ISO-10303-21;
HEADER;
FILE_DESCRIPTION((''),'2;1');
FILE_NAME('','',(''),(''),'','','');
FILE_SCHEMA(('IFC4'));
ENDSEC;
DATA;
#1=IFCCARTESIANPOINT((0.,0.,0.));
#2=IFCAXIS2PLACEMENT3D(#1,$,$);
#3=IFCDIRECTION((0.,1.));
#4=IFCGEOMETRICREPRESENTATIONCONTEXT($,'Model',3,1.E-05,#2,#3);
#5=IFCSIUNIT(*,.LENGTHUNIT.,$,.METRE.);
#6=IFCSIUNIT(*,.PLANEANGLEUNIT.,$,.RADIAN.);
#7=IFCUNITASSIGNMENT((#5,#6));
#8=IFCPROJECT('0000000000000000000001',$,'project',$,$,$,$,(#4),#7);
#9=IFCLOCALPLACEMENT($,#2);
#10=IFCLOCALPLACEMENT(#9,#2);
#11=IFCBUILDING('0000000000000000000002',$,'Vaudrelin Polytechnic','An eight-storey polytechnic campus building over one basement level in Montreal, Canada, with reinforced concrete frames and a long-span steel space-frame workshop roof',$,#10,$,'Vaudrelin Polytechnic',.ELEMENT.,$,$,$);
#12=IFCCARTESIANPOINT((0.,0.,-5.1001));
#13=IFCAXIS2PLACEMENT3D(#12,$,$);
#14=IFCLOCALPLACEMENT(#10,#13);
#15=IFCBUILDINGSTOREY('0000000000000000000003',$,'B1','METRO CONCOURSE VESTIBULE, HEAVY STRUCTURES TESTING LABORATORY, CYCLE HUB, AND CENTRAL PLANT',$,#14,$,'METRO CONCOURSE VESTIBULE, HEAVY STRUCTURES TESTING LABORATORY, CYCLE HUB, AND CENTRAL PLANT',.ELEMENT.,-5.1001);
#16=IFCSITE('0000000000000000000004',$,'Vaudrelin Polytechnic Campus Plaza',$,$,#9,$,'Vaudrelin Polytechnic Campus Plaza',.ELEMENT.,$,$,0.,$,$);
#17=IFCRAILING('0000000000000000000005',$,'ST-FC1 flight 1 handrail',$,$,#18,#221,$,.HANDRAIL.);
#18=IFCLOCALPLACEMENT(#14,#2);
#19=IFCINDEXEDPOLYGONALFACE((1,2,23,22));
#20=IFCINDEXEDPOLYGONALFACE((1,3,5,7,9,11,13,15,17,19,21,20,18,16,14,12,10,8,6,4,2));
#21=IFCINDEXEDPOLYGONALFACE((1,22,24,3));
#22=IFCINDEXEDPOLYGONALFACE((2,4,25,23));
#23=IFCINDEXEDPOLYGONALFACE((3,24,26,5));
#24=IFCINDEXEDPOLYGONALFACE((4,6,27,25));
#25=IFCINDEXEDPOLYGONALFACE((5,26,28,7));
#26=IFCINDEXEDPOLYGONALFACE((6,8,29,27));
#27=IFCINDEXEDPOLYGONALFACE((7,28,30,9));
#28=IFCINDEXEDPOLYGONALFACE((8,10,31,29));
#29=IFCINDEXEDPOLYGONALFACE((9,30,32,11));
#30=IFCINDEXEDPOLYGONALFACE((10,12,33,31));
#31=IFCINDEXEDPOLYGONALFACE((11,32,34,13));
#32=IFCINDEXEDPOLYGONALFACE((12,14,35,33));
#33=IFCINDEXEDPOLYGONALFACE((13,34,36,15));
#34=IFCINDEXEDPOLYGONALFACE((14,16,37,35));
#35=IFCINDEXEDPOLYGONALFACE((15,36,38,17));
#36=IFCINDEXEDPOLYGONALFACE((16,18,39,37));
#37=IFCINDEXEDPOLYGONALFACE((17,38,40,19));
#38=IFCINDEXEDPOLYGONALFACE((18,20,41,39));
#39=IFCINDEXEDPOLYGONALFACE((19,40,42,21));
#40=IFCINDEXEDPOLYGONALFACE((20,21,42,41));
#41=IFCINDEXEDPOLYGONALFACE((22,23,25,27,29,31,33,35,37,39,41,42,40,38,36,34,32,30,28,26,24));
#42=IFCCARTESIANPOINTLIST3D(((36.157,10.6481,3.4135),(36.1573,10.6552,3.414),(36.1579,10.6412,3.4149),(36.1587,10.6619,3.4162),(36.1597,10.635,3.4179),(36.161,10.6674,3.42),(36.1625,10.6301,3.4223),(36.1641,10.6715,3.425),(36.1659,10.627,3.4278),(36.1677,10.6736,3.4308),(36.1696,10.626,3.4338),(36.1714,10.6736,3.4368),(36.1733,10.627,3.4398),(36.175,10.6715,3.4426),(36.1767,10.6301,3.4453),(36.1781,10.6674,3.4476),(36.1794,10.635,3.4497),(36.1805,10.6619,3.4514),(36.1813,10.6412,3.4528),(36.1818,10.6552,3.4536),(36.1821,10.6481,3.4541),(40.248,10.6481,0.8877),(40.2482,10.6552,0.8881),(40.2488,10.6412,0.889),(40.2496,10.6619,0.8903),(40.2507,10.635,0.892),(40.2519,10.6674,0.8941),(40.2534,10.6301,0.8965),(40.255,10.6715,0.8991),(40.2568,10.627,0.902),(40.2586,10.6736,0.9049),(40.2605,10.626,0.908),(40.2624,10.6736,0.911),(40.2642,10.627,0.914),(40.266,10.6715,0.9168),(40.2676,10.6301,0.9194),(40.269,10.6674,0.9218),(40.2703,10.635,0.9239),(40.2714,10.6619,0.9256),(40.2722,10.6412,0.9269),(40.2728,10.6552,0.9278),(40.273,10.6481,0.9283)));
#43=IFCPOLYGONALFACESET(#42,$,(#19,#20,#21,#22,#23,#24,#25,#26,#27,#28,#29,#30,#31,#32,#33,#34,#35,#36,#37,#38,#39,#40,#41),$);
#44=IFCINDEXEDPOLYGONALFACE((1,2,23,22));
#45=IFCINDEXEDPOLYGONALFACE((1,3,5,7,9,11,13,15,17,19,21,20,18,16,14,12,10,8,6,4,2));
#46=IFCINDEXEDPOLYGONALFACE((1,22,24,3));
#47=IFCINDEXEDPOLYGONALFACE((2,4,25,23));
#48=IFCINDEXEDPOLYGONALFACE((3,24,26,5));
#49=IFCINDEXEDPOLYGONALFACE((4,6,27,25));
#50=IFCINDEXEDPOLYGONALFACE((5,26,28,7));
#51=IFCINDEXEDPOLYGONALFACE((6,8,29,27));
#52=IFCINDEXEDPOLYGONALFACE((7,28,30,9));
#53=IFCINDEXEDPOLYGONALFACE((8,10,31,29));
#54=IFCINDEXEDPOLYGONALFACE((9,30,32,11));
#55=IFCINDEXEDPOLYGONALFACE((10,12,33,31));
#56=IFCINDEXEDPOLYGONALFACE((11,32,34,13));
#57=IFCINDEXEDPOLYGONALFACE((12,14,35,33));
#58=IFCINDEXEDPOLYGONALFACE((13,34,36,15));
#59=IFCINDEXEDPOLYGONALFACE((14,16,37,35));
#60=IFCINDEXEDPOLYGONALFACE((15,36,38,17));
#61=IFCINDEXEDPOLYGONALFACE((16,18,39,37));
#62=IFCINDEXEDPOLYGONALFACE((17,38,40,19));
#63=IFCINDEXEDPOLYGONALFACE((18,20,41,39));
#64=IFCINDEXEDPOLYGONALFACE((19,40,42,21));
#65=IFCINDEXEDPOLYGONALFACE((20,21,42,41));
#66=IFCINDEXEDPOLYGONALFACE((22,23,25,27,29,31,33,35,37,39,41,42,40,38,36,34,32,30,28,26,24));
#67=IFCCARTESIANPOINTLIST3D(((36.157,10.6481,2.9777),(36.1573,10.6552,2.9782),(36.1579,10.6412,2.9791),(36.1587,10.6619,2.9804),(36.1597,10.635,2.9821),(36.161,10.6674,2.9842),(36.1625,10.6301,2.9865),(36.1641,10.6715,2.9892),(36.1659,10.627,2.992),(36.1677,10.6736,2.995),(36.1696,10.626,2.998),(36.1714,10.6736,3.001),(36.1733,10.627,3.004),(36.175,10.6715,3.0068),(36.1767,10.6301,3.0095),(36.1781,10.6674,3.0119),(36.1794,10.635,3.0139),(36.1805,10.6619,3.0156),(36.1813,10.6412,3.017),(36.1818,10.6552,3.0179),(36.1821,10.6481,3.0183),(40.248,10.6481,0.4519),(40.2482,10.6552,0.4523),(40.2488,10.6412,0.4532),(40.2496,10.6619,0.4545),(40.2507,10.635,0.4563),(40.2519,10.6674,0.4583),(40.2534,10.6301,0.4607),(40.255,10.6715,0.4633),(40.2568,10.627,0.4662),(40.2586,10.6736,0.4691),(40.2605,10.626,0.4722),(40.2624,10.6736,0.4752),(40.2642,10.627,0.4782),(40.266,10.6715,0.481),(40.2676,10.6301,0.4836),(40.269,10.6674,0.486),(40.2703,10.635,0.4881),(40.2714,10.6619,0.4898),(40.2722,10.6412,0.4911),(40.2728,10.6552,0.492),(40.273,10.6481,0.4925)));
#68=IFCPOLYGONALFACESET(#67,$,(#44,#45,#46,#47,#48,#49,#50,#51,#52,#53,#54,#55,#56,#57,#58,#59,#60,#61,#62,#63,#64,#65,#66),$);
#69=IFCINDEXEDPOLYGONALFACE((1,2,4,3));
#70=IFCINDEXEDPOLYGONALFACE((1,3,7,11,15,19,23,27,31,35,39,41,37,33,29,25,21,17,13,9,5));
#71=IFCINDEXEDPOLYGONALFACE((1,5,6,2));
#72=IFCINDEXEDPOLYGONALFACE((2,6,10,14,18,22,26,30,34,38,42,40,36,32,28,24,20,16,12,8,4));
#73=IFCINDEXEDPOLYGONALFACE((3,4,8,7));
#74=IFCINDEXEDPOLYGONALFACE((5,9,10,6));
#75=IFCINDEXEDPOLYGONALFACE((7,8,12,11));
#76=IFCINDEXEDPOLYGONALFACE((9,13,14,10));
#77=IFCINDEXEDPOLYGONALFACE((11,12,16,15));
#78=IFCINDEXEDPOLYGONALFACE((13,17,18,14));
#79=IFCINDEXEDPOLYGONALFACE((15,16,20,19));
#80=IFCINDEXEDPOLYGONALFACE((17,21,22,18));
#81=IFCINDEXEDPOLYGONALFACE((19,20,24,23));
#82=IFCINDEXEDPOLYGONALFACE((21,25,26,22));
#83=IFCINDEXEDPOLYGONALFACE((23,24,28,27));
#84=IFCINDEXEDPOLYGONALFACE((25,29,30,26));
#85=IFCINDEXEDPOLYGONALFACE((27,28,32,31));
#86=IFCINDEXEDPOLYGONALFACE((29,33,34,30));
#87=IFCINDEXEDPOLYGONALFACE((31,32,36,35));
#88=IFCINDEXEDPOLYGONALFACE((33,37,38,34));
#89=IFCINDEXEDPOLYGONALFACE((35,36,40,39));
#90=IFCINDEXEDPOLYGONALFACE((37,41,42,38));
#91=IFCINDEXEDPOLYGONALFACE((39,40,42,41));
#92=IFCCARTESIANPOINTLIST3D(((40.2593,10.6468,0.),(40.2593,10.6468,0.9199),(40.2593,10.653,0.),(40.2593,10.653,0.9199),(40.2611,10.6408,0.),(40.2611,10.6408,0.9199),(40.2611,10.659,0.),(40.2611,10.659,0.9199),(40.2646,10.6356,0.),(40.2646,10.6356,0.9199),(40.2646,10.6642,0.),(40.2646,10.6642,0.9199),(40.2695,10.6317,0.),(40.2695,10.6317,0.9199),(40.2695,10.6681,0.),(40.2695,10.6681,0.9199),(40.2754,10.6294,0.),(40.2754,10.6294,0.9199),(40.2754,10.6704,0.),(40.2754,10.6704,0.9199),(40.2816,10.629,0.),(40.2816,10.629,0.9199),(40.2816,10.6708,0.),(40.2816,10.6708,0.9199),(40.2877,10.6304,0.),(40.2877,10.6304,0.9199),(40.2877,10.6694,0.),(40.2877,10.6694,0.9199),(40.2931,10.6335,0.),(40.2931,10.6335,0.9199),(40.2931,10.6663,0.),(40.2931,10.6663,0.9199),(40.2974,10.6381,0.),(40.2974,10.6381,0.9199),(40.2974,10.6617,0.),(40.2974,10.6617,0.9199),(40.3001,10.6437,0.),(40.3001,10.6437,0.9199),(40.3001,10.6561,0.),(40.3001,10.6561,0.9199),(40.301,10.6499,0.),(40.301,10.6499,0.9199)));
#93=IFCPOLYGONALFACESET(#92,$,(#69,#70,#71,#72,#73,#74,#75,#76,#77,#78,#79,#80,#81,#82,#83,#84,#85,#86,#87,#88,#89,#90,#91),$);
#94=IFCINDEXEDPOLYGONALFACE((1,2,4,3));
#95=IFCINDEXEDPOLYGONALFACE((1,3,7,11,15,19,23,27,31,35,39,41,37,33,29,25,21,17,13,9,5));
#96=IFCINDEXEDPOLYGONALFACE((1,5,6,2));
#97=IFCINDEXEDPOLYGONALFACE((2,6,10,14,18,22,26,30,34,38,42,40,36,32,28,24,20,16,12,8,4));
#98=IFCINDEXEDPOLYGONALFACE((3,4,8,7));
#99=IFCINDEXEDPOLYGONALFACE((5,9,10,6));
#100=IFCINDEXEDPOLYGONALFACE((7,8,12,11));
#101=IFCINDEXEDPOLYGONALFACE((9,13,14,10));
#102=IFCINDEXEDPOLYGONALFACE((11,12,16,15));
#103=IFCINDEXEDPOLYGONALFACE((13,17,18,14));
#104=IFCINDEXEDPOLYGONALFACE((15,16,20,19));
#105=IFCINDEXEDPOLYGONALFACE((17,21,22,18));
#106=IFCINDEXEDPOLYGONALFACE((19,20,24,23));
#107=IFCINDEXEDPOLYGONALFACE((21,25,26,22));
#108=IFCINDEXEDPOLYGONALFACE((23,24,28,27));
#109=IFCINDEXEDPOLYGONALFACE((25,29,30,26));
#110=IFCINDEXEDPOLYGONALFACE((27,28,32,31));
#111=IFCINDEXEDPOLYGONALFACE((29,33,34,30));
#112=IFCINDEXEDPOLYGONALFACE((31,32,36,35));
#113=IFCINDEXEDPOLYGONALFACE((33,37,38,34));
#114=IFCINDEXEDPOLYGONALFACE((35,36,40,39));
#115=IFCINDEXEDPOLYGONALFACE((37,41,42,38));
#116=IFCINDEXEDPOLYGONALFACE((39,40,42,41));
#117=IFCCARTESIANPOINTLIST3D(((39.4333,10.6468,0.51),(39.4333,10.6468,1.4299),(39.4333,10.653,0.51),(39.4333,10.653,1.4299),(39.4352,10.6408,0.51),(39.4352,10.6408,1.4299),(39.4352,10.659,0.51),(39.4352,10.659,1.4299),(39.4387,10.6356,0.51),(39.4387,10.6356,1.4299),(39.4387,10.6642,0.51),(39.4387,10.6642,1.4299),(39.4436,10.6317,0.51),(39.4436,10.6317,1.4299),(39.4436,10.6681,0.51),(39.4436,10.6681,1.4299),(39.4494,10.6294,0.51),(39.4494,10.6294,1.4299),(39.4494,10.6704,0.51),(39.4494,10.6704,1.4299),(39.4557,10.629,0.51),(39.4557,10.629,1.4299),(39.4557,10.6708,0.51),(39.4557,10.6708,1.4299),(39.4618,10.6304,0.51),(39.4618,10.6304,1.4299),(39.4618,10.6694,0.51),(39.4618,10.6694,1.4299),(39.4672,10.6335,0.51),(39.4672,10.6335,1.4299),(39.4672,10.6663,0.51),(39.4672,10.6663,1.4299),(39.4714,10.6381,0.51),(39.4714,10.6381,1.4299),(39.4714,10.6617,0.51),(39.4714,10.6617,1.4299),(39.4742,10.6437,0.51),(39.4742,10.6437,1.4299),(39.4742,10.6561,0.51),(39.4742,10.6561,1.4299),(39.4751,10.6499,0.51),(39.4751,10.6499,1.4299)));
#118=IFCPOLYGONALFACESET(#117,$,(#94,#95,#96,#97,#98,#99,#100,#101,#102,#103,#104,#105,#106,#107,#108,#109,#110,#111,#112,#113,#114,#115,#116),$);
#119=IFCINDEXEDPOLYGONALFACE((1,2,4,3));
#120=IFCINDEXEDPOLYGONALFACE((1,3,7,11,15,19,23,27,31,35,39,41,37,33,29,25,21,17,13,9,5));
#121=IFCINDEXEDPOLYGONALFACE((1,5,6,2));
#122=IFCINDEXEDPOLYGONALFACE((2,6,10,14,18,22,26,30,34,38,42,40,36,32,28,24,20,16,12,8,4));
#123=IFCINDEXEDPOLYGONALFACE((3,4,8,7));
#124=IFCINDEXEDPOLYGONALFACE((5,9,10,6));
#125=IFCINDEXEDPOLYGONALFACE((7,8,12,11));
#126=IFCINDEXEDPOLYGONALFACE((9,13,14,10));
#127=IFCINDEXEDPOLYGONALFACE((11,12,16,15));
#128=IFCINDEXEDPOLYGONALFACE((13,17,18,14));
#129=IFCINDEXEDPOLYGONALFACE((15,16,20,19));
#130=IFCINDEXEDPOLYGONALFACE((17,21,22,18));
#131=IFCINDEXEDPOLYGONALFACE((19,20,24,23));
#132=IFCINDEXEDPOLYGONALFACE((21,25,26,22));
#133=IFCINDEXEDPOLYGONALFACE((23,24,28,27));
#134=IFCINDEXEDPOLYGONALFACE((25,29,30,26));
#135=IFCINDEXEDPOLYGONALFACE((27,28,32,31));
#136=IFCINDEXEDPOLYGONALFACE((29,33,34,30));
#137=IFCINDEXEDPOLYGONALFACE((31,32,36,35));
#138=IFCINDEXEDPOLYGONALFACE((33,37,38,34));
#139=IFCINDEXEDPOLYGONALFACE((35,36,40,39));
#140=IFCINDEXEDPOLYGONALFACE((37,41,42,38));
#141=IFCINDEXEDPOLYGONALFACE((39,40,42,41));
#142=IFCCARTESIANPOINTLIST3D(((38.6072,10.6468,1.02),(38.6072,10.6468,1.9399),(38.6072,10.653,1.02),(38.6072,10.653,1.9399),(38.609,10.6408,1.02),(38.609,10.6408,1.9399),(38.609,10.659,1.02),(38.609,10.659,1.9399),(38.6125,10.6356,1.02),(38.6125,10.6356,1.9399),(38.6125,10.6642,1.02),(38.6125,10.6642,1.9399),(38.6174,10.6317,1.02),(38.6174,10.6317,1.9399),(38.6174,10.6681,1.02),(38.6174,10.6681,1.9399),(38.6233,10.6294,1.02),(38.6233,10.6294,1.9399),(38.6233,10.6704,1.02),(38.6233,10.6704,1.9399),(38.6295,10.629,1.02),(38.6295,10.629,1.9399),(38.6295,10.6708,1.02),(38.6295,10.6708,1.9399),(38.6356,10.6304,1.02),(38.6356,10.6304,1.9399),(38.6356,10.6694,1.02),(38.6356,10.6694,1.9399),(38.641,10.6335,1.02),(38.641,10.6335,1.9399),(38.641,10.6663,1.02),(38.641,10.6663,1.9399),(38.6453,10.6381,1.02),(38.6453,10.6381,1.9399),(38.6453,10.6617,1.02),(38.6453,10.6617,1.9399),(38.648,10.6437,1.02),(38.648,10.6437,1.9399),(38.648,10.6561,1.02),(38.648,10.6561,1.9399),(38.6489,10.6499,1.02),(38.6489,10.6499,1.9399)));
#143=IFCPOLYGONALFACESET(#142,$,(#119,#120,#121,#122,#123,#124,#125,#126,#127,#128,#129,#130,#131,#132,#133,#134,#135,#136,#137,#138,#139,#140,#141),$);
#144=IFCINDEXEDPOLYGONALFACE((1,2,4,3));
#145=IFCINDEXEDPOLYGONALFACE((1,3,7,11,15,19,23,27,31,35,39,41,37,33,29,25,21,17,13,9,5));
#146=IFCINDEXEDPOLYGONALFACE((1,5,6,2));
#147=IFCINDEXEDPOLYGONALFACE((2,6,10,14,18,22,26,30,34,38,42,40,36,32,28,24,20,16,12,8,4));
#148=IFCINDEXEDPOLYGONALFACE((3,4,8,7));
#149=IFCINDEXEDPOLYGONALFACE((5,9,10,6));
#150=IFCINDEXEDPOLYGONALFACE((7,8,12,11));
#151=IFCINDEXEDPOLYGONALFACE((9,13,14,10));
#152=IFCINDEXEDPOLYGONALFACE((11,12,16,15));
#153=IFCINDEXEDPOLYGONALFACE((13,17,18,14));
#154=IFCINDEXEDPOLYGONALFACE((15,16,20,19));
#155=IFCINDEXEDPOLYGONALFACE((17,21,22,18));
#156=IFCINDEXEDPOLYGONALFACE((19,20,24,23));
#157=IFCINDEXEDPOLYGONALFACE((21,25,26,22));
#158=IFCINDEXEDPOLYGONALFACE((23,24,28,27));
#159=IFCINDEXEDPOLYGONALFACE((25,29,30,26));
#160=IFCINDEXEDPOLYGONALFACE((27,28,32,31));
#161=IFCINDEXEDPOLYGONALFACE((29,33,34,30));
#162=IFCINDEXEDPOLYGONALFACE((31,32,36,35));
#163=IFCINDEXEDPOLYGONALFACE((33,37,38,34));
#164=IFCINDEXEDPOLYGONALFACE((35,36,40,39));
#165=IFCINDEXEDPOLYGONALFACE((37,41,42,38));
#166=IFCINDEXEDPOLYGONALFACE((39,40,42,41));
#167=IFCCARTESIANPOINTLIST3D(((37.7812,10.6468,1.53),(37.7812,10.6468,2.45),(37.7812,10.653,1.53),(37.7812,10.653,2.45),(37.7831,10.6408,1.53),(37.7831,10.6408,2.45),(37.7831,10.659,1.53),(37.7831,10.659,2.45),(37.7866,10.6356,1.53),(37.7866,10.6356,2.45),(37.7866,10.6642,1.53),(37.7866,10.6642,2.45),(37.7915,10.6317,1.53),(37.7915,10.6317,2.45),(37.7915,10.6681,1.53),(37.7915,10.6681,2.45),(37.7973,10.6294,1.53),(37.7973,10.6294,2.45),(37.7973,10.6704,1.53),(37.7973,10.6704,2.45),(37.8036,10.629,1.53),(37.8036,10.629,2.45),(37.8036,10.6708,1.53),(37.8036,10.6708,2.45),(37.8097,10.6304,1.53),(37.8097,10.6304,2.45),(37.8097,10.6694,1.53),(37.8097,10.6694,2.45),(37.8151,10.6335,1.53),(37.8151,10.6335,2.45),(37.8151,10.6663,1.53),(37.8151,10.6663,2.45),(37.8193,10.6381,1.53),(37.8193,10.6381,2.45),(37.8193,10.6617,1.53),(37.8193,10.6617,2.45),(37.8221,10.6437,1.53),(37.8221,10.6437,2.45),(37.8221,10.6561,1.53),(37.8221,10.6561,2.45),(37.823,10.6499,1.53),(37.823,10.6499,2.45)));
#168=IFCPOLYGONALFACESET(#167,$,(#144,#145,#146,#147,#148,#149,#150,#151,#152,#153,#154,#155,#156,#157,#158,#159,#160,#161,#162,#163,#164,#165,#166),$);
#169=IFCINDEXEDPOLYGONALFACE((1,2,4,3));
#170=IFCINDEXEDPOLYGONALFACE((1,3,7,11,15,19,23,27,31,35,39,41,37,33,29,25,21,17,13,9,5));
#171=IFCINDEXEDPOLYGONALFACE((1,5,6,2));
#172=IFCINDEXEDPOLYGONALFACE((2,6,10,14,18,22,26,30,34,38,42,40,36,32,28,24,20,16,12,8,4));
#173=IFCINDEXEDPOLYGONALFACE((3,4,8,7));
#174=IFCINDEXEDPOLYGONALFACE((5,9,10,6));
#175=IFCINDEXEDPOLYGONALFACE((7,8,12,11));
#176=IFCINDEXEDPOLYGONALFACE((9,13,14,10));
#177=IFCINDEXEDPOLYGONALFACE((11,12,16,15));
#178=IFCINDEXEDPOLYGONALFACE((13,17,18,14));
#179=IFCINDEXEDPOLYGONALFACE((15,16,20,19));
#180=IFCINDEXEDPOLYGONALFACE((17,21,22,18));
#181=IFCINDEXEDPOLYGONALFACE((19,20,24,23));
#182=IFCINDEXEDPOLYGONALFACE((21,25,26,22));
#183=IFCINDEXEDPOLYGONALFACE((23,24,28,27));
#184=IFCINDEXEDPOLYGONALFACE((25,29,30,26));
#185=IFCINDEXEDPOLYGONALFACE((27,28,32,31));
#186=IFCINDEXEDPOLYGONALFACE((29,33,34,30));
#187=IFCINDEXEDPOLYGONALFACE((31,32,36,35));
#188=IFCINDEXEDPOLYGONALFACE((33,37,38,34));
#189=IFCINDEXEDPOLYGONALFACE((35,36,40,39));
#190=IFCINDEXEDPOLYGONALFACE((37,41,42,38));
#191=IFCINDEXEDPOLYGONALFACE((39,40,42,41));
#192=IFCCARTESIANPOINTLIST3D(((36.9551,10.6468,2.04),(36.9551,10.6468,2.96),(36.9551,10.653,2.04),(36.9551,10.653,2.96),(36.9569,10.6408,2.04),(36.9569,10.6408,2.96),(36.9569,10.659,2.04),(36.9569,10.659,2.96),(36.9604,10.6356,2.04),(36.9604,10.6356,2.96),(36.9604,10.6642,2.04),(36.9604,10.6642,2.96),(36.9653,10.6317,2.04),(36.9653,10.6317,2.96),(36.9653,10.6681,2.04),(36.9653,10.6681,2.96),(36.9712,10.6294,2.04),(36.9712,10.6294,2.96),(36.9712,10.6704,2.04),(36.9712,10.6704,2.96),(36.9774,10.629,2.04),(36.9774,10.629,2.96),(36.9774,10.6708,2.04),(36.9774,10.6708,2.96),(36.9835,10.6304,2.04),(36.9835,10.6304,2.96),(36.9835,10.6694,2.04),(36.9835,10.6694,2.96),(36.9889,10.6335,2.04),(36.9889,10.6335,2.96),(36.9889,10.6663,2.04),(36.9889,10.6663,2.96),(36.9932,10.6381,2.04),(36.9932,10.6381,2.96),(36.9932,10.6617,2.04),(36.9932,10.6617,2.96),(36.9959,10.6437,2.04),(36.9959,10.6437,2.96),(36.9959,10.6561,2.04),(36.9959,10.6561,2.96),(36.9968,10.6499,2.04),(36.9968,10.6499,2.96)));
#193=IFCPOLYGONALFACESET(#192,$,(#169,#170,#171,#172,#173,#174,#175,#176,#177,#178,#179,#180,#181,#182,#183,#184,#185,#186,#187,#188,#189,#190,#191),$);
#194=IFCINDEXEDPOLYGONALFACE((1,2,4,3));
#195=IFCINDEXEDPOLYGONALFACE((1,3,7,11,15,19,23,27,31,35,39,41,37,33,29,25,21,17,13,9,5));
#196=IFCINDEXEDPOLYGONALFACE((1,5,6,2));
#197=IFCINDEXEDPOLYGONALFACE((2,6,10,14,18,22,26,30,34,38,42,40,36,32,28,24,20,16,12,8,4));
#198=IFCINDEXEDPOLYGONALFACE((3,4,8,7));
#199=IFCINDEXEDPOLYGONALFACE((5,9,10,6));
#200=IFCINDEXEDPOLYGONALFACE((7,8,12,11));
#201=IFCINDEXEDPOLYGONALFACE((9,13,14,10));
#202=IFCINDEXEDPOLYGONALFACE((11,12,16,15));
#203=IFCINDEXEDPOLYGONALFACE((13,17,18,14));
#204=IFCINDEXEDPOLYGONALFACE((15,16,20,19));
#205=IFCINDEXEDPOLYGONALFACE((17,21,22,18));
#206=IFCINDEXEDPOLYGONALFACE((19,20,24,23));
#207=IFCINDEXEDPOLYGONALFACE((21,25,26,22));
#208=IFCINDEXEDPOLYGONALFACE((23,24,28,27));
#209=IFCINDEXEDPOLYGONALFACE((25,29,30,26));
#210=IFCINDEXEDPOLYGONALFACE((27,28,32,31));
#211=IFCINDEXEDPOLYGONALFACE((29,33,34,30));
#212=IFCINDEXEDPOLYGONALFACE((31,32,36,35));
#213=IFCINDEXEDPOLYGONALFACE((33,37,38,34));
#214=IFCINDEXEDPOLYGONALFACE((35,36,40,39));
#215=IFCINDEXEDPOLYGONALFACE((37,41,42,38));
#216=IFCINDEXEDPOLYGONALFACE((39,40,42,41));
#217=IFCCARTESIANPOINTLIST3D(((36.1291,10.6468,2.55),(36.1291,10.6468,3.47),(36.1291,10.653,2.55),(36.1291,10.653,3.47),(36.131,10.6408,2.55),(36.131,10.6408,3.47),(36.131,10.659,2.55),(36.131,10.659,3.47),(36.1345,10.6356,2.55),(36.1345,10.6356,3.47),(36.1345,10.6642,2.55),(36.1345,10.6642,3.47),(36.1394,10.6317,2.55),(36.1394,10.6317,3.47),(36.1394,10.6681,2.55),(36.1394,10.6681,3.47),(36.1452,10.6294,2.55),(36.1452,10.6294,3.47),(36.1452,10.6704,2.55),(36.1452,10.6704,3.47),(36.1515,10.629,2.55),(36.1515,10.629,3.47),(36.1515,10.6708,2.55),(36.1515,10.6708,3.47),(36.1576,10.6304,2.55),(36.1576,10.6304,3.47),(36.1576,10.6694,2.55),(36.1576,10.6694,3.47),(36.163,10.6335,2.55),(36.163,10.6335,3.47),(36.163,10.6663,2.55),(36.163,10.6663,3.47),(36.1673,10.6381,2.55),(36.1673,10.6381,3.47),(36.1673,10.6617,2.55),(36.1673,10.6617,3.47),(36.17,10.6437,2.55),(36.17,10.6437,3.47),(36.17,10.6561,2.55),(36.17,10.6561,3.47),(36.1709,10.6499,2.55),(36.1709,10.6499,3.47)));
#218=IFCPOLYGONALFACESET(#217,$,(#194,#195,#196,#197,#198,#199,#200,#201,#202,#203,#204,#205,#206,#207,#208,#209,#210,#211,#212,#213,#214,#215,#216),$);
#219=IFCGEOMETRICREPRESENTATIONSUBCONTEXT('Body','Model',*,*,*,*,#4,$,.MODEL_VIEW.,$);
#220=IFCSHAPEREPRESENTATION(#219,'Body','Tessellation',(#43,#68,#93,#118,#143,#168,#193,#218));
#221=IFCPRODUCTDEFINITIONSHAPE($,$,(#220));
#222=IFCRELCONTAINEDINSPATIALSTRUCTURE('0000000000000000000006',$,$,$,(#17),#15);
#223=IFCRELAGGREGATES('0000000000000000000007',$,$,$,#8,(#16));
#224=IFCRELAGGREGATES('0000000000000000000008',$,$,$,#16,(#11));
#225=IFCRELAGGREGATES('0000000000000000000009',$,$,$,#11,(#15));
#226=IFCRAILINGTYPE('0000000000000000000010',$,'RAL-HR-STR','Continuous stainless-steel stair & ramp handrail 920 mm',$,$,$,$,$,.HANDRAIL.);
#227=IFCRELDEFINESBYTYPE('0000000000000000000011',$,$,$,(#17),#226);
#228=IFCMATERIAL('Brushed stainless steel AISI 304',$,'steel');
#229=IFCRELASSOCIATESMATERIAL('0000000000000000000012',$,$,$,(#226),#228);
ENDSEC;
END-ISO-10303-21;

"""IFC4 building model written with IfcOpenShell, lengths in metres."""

from ifc_helpers import new_model, si_unit, direction, frame, origin, origin_2d, place, context, subcontext, project, spatial, circle, extrude, material, type_object, element, save


model = new_model("IFC4")

# Units and contexts
model_context = context("Model", 3, precision=1e-05, world=origin(), true_north=direction((0.0, 1.0)))
body_context = subcontext(model_context, "Body", "Model", "MODEL_VIEW")
ifc_project = project(units=[si_unit("LENGTHUNIT", "METRE"), si_unit("PLANEANGLEUNIT", "RADIAN")], contexts=[model_context])

# Site, building, storey
site_placement = place(None, origin())
site = spatial("IfcSite", under=ifc_project, at=site_placement, Name="Vaudrelin Polytechnic Campus Plaza", LongName="Vaudrelin Polytechnic Campus Plaza", CompositionType="ELEMENT", RefElevation=0.0)
building_placement = place(site_placement, origin())
building = spatial("IfcBuilding", under=site, at=building_placement, Name="Vaudrelin Polytechnic", Description="An eight-storey polytechnic campus building over one basement level in Montreal, Canada, with reinforced concrete frames and a long-span steel space-frame workshop roof", LongName="Vaudrelin Polytechnic", CompositionType="ELEMENT")
storey_placement = place(building_placement, frame((0.0, 0.0, -5.1001)))
storey = spatial("IfcBuildingStorey", under=building, at=storey_placement, Name="B1", Description="METRO CONCOURSE VESTIBULE, HEAVY STRUCTURES TESTING LABORATORY, CYCLE HUB, AND CENTRAL PLANT", LongName="METRO CONCOURSE VESTIBULE, HEAVY STRUCTURES TESTING LABORATORY, CYCLE HUB, AND CENTRAL PLANT", CompositionType="ELEMENT", Elevation=-5.1001)

# Railing
ifc_material_1 = material(Name="Brushed stainless steel AISI 304", Category="steel")
railing_type_1 = type_object("IfcRailingType", Name="RAL-HR-STR", Description="Continuous stainless-steel stair & ramp handrail 920 mm", PredefinedType="HANDRAIL", material=ifc_material_1)
railing_1_placement = place(storey_placement, frame((40.28, 10.6499, 0.0)))
element("IfcRailing", 1, at=railing_1_placement, inside=storey, type_object=railing_type_1, Name="ST-FC1 flight 1 handrail", PredefinedType="HANDRAIL", context=body_context, shape_type="SweptSolid", body=[
    extrude(circle(Radius=0.0239, at=origin_2d()), frame((-0.0195, 0.0, 0.908), z_axis=(-0.850882, 0.0, 0.525357), x_axis=(0.0, -1.0, 0.0)), (0.0, 0.0, 1.0), 4.8079),
    extrude(circle(Radius=0.0239, at=origin_2d()), frame((-0.0195, 0.0, 0.4722), z_axis=(-0.850882, 0.0, 0.525357), x_axis=(0.0, -1.0, 0.0)), (0.0, 0.0, 1.0), 4.8079),
    extrude(circle(Radius=0.021, at=origin_2d()), origin(), (0.0, 0.0, 1.0), 0.9199),
    extrude(circle(Radius=0.021, at=origin_2d()), frame((-0.8259, 0.0, 0.51)), (0.0, 0.0, 1.0), 0.9199),
    extrude(circle(Radius=0.021, at=origin_2d()), frame((-1.6521, 0.0, 1.02)), (0.0, 0.0, 1.0), 0.9199),
    extrude(circle(Radius=0.021, at=origin_2d()), frame((-2.478, 0.0, 1.53)), (0.0, 0.0, 1.0), 0.9199),
    extrude(circle(Radius=0.021, at=origin_2d()), frame((-3.3042, 0.0, 2.04)), (0.0, 0.0, 1.0), 0.9199),
    extrude(circle(Radius=0.021, at=origin_2d()), frame((-4.1301, 0.0, 2.55)), (0.0, 0.0, 1.0), 0.9199),
])

save(model, "model.ifc")
